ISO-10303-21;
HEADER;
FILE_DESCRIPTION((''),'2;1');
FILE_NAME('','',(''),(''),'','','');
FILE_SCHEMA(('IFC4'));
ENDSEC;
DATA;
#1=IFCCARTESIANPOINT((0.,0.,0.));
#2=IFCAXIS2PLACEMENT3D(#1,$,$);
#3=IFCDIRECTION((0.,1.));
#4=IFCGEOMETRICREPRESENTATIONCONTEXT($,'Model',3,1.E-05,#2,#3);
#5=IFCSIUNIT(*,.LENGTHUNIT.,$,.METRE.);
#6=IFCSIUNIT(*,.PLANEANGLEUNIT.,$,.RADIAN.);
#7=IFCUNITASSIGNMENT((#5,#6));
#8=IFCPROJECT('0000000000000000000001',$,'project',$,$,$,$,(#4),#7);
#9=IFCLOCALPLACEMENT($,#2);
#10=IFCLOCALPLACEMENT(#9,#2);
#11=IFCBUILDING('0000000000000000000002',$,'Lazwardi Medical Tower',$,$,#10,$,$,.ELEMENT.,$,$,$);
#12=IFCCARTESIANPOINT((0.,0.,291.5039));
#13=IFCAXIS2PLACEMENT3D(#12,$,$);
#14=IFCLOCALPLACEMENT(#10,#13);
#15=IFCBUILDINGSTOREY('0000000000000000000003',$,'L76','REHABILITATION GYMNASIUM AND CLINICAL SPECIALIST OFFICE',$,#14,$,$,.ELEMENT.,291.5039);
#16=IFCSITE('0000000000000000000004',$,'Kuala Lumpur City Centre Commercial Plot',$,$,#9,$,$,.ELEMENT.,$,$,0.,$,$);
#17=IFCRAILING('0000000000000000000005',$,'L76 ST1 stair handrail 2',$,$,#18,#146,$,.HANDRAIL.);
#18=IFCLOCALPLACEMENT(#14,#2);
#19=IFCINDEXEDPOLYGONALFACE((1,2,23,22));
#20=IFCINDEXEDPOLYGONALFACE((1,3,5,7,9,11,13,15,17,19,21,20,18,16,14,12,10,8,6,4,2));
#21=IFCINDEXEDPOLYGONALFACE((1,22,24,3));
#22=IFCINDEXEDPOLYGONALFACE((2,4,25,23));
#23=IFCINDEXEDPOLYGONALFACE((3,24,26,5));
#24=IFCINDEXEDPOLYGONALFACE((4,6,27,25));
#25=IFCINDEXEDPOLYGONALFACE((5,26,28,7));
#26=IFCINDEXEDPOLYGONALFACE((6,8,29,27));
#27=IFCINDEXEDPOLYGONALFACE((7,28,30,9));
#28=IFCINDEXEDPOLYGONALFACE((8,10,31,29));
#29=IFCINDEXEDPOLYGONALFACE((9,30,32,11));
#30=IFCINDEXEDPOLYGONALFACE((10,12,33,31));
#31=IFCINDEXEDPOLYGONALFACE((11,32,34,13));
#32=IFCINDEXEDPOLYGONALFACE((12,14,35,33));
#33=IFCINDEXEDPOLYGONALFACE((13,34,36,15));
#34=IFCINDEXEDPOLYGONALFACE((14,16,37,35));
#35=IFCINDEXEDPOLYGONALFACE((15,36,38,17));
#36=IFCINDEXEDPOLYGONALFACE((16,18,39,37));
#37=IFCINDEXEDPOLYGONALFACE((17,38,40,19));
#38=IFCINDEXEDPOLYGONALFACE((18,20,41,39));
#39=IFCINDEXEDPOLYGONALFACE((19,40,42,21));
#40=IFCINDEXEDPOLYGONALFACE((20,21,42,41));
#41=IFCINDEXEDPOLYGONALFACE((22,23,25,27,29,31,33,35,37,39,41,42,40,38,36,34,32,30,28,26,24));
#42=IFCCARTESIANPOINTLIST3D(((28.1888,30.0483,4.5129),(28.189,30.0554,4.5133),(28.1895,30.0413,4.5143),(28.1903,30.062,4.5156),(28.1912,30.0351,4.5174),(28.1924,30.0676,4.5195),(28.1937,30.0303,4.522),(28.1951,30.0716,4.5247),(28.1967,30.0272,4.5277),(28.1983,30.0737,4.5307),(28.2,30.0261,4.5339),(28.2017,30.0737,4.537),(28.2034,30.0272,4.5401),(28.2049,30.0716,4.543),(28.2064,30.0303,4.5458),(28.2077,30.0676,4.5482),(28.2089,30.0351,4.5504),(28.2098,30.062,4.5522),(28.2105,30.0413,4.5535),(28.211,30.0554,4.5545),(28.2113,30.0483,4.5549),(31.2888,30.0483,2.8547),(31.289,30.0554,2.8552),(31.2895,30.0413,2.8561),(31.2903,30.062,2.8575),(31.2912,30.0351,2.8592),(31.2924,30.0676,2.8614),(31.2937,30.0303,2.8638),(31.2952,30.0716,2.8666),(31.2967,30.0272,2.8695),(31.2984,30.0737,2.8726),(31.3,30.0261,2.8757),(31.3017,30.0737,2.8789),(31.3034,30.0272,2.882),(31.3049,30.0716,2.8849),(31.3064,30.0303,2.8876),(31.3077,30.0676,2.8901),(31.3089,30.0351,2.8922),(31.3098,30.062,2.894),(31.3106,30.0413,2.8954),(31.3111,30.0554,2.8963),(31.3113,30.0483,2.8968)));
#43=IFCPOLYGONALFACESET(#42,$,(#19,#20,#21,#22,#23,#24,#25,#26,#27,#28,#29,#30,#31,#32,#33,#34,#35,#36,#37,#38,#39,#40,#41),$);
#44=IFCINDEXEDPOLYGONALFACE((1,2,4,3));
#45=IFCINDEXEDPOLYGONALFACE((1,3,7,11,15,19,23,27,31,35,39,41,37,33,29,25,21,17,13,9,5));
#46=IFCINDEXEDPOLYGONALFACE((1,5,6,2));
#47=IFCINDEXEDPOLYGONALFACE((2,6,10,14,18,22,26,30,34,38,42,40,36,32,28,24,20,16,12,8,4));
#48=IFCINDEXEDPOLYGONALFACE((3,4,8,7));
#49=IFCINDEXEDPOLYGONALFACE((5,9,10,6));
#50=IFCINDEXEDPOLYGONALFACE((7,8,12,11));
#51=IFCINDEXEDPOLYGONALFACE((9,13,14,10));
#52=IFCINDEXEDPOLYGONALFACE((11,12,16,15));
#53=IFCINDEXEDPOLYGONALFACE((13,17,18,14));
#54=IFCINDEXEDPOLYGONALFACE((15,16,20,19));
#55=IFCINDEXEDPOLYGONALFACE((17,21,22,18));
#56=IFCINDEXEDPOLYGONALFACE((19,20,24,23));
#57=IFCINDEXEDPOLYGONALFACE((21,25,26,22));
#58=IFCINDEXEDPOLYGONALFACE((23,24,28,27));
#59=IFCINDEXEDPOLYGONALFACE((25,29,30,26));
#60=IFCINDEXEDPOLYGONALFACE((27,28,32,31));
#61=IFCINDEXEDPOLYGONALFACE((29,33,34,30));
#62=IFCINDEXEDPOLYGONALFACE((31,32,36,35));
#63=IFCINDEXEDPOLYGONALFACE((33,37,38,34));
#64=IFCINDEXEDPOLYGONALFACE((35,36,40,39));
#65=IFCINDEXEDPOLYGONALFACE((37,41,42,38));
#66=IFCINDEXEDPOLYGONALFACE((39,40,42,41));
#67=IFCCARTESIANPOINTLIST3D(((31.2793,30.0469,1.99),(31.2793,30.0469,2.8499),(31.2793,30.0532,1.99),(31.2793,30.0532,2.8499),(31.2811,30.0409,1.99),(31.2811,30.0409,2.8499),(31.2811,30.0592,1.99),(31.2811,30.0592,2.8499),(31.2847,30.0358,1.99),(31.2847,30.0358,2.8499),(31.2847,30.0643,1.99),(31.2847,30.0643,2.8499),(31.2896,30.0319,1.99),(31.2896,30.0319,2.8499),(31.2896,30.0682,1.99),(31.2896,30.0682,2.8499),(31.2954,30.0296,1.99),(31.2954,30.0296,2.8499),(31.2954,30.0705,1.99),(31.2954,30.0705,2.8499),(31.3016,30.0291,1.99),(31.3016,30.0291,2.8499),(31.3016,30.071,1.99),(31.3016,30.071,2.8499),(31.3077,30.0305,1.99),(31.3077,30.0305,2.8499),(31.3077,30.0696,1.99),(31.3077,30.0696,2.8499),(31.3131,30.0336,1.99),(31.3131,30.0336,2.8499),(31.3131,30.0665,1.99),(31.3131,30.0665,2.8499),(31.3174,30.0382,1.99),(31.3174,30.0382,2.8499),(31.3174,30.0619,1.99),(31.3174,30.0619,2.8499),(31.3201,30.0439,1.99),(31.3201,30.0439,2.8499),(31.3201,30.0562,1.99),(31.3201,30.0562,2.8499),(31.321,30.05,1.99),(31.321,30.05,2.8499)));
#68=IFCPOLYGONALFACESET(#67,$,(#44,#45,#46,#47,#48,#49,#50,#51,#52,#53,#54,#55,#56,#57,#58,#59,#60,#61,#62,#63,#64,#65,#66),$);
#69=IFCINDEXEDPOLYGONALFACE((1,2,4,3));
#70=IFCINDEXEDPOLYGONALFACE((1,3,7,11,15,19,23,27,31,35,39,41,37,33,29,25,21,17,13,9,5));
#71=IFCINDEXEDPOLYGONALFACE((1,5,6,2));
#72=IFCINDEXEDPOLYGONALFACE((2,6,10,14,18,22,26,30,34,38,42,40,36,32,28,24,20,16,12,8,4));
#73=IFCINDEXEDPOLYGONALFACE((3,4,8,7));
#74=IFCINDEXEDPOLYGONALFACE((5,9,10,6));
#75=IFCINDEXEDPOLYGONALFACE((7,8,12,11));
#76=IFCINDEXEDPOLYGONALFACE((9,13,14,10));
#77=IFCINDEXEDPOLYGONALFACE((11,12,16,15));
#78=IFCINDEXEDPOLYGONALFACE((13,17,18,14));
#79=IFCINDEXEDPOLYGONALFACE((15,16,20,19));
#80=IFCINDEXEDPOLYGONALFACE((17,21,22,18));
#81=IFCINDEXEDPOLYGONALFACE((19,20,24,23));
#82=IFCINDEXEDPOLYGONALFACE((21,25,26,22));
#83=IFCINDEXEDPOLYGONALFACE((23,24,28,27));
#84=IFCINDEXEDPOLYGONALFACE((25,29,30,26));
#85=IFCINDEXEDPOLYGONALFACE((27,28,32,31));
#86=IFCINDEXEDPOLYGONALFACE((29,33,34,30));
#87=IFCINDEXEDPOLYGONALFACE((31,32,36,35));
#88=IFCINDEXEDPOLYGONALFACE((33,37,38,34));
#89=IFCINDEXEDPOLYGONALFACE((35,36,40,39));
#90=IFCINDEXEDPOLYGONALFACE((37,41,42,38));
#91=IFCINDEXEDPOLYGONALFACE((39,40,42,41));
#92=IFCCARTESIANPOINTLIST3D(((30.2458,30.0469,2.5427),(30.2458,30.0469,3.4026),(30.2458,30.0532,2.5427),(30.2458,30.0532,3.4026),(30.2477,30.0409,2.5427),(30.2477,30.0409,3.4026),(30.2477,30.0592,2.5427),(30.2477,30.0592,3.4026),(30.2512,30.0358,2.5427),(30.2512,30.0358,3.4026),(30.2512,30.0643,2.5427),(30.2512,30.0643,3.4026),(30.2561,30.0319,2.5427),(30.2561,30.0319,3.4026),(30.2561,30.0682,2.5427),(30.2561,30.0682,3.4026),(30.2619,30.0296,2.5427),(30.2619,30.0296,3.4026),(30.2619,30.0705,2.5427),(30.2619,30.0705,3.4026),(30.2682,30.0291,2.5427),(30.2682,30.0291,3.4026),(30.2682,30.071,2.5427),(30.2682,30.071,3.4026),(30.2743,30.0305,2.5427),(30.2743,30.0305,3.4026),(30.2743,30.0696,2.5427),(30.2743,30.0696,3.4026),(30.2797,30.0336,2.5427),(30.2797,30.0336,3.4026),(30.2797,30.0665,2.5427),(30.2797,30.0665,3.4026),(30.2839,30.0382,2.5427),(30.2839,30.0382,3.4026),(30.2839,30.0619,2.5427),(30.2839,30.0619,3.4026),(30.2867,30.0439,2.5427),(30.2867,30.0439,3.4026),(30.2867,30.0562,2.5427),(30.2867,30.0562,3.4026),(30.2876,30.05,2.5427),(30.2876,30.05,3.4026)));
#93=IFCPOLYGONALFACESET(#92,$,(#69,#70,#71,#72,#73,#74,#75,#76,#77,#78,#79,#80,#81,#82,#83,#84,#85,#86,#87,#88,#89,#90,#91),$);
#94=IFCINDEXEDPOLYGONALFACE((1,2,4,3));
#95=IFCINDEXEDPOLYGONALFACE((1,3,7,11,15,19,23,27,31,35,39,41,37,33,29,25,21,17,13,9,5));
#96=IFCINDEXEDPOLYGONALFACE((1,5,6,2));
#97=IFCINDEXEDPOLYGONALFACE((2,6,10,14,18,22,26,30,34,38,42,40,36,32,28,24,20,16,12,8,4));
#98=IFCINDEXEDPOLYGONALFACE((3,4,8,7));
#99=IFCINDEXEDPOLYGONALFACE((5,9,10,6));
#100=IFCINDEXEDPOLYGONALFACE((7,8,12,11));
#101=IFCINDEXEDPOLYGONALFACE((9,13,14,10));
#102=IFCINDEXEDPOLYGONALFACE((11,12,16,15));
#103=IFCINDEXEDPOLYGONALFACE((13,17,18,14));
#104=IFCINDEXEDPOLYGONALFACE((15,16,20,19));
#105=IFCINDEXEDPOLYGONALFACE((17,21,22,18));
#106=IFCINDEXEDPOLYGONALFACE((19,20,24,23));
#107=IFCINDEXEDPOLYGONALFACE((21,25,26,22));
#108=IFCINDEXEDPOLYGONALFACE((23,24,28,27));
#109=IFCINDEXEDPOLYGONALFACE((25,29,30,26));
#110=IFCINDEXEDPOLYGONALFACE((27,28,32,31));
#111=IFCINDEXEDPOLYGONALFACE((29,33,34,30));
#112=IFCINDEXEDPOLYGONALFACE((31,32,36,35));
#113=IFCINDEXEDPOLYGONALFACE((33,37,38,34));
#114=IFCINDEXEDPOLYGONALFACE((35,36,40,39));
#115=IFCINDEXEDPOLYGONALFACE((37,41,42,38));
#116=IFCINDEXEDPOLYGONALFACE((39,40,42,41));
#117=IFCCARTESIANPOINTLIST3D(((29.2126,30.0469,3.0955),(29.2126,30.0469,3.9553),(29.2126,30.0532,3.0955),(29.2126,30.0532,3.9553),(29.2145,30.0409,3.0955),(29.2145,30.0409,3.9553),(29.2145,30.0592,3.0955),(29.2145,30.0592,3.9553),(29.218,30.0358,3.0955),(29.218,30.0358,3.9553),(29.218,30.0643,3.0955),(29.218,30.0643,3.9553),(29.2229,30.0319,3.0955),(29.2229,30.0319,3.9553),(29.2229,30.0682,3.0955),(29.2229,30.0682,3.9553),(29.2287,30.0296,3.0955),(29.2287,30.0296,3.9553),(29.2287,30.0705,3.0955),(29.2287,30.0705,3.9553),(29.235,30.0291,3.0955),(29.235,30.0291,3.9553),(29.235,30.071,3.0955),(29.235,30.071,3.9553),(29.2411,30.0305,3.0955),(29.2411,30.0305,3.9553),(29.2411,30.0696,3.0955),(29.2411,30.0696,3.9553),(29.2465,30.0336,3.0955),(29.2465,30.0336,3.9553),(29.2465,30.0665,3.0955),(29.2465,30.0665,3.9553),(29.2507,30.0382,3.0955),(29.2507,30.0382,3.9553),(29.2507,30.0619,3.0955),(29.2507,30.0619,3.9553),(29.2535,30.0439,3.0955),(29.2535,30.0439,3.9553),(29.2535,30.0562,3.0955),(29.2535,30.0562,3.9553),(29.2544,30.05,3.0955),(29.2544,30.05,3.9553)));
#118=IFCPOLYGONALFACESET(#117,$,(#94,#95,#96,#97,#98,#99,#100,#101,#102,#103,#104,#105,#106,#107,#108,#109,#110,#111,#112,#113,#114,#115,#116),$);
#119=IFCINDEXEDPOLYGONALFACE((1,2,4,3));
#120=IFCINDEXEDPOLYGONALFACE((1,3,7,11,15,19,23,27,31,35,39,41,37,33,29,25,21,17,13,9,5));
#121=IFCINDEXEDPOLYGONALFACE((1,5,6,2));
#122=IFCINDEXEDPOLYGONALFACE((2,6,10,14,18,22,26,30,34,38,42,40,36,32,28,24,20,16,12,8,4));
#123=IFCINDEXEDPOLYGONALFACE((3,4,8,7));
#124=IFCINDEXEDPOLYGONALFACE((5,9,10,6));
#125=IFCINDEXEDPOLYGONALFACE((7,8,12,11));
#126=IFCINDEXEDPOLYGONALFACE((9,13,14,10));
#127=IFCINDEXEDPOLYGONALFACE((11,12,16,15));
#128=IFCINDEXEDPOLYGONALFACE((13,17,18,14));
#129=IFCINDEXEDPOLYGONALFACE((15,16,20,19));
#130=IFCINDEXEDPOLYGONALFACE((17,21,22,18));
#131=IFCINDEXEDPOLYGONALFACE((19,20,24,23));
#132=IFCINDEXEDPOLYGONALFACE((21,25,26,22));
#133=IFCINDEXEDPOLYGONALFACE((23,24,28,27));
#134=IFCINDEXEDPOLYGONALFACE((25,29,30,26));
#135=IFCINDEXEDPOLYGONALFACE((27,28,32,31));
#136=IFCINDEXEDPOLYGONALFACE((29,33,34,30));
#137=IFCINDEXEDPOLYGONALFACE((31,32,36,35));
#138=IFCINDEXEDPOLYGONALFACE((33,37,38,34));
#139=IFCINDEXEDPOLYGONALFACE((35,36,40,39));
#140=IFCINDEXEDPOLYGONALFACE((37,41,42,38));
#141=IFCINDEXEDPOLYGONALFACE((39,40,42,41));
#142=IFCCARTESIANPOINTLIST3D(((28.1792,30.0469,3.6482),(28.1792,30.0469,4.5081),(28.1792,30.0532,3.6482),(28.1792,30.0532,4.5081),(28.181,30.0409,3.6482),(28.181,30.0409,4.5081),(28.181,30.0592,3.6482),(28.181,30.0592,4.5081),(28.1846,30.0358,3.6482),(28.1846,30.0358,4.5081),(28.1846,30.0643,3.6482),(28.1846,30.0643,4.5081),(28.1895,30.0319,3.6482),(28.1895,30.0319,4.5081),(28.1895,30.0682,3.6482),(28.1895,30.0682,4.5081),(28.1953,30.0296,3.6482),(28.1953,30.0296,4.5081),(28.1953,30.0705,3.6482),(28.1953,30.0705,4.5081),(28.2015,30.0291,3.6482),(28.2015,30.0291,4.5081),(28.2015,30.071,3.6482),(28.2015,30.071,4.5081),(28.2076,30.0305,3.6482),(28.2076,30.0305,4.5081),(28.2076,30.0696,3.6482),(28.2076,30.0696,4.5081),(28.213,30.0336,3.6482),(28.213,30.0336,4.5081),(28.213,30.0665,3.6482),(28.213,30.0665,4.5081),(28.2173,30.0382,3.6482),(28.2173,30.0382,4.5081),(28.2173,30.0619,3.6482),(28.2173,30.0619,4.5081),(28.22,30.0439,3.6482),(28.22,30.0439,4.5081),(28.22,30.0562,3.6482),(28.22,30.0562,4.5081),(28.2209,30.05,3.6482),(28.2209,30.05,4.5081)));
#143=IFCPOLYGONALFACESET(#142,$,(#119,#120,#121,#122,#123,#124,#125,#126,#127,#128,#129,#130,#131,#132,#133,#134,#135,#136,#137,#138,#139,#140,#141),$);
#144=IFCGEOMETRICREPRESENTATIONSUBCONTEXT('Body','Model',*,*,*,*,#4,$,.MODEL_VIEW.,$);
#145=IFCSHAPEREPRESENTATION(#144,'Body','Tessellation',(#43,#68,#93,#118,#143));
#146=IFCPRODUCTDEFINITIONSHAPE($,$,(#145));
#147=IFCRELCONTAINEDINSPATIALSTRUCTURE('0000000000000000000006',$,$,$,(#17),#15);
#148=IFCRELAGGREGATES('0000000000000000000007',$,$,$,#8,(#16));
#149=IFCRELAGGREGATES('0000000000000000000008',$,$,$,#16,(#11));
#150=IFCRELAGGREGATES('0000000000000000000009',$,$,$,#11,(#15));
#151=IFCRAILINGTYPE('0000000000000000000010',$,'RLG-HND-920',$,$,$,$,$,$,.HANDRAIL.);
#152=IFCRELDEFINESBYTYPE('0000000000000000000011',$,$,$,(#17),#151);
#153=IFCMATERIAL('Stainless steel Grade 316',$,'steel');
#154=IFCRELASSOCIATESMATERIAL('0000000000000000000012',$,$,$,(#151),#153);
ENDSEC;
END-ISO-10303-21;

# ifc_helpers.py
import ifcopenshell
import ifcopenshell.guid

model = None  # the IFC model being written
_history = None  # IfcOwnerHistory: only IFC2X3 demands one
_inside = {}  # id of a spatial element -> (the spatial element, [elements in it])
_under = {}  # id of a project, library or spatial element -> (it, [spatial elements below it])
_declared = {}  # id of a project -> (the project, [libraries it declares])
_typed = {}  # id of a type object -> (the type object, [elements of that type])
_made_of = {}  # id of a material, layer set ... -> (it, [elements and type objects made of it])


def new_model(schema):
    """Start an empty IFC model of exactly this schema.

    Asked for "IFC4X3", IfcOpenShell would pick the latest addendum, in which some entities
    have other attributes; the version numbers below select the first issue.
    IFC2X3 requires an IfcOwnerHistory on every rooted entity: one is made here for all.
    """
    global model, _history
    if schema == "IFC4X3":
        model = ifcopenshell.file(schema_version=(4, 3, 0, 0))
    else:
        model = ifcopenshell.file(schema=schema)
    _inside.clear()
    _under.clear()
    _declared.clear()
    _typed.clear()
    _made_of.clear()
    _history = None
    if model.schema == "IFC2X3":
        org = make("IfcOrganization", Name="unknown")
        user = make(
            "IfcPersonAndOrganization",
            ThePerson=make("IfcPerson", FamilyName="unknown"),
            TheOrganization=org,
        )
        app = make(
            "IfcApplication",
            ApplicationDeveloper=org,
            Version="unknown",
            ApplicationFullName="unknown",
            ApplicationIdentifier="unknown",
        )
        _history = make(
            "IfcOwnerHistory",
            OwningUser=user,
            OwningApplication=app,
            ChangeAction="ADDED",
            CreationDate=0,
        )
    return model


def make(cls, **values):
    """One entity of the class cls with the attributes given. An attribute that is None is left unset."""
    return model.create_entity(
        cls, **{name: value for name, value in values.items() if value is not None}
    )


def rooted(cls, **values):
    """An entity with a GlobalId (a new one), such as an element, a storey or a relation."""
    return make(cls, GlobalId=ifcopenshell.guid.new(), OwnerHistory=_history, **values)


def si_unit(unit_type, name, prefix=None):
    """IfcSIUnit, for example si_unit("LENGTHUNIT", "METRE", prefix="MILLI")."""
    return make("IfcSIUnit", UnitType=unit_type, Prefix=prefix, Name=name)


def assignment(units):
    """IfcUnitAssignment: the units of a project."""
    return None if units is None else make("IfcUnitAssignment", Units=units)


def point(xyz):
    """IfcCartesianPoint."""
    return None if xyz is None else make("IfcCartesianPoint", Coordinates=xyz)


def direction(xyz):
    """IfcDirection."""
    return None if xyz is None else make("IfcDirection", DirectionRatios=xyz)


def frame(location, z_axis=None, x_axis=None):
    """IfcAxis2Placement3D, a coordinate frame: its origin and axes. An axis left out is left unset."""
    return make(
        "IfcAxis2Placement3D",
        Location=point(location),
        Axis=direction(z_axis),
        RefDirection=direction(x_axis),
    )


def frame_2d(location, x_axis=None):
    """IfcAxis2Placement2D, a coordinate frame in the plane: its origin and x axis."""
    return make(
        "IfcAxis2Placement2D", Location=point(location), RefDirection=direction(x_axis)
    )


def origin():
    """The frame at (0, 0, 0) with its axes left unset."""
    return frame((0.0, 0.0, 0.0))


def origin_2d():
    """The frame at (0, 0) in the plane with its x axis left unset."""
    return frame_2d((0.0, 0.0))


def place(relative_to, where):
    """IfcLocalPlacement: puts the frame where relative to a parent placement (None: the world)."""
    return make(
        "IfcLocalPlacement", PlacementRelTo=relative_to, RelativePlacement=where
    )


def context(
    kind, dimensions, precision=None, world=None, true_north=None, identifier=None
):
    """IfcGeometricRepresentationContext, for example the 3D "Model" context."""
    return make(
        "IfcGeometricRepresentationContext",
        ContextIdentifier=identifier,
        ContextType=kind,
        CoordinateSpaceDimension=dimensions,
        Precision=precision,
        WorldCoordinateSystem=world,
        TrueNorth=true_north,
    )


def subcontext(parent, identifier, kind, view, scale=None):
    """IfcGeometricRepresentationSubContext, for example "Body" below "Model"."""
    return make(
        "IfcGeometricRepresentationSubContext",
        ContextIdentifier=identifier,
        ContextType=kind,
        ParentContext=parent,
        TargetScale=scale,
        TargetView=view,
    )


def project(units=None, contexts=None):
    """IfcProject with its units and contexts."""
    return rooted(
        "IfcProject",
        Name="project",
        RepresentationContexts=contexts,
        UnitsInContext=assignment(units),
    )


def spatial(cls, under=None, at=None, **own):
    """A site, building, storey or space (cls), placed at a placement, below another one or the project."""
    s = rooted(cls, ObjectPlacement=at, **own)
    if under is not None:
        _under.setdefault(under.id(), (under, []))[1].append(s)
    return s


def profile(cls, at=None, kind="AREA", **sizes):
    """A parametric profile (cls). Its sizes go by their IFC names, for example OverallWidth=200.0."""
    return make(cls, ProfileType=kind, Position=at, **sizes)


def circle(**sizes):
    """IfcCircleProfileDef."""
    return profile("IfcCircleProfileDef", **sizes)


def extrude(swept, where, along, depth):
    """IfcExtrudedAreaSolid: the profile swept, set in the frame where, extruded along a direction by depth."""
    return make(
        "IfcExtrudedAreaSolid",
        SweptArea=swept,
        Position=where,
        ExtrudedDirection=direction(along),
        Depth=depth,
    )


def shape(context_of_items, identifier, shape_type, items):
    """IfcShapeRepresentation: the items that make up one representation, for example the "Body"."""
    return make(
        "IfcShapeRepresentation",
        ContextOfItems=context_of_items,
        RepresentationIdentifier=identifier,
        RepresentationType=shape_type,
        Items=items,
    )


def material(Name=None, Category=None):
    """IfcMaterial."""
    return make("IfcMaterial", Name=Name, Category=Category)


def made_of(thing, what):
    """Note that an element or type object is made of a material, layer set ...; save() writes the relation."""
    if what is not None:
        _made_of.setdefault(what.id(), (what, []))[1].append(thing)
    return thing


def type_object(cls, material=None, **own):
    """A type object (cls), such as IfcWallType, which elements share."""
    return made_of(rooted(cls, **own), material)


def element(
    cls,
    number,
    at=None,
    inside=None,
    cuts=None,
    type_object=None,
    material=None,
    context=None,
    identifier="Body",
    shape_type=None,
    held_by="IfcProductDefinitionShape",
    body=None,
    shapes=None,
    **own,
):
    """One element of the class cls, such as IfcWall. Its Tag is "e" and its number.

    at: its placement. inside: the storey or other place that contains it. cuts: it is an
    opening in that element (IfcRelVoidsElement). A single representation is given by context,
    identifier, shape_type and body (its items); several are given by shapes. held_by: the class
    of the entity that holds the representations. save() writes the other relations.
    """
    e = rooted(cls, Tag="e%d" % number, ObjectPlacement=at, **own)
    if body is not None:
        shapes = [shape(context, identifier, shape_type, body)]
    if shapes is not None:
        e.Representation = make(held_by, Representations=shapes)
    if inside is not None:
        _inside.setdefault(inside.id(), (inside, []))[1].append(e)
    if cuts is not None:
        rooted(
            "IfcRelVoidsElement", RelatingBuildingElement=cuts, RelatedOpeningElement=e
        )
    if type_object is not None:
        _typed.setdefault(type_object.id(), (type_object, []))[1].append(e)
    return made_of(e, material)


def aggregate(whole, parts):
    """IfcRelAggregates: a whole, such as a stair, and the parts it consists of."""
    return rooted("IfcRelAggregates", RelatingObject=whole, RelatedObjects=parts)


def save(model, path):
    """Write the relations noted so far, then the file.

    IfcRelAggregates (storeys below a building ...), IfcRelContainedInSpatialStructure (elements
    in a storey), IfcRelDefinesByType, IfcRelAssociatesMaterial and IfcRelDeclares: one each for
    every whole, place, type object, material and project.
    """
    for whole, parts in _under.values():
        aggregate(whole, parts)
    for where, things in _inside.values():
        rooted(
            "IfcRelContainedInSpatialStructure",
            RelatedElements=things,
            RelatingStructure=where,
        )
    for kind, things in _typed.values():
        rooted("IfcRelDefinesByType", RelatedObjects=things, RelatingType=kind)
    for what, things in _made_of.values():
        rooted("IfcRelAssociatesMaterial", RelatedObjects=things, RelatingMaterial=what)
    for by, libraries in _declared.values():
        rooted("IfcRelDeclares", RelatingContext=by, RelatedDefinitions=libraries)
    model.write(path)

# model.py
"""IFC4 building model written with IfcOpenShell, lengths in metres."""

from ifc_helpers import new_model, si_unit, direction, frame, origin, origin_2d, place, context, subcontext, project, spatial, circle, extrude, material, type_object, element, save


model = new_model("IFC4")

# Units and contexts
model_context = context("Model", 3, precision=1e-05, world=origin(), true_north=direction((0.0, 1.0)))
body_context = subcontext(model_context, "Body", "Model", "MODEL_VIEW")
ifc_project = project(units=[si_unit("LENGTHUNIT", "METRE"), si_unit("PLANEANGLEUNIT", "RADIAN")], contexts=[model_context])

# Site, building, storey
site_placement = place(None, origin())
site = spatial("IfcSite", under=ifc_project, at=site_placement, Name="Kuala Lumpur City Centre Commercial Plot", CompositionType="ELEMENT", RefElevation=0.0)
building_placement = place(site_placement, origin())
building = spatial("IfcBuilding", under=site, at=building_placement, Name="Lazwardi Medical Tower", CompositionType="ELEMENT")
storey_placement = place(building_placement, frame((0.0, 0.0, 291.5039)))
storey = spatial("IfcBuildingStorey", under=building, at=storey_placement, Name="L76", Description="REHABILITATION GYMNASIUM AND CLINICAL SPECIALIST OFFICE", CompositionType="ELEMENT", Elevation=291.5039)

# Railing
ifc_material_1 = material(Name="Stainless steel Grade 316", Category="steel")
railing_type_1 = type_object("IfcRailingType", Name="RLG-HND-920", PredefinedType="HANDRAIL", material=ifc_material_1)
railing_1_placement = place(storey_placement, frame((31.3, 30.05, 1.99)))
element("IfcRailing", 1, at=railing_1_placement, inside=storey, type_object=railing_type_1, Name="L76 ST1 stair handrail 2", PredefinedType="HANDRAIL", context=body_context, shape_type="SweptSolid", body=[
    extrude(circle(Radius=0.0239, at=origin_2d()), frame((0.0, 0.0, 0.8857), z_axis=(-0.881783, 0.0, 0.471655), x_axis=(0.0, -1.0, 0.0)), (0.0, 0.0, 1.0), 3.5156),
    extrude(circle(Radius=0.021, at=origin_2d()), origin(), (0.0, 0.0, 1.0), 0.8599),
    extrude(circle(Radius=0.021, at=origin_2d()), frame((-1.0334, 0.0, 0.5527)), (0.0, 0.0, 1.0), 0.8599),
    extrude(circle(Radius=0.021, at=origin_2d()), frame((-2.0667, 0.0, 1.1055)), (0.0, 0.0, 1.0), 0.8599),
    extrude(circle(Radius=0.021, at=origin_2d()), frame((-3.1001, 0.0, 1.6582)), (0.0, 0.0, 1.0), 0.8599),
])

save(model, "model.ifc")
